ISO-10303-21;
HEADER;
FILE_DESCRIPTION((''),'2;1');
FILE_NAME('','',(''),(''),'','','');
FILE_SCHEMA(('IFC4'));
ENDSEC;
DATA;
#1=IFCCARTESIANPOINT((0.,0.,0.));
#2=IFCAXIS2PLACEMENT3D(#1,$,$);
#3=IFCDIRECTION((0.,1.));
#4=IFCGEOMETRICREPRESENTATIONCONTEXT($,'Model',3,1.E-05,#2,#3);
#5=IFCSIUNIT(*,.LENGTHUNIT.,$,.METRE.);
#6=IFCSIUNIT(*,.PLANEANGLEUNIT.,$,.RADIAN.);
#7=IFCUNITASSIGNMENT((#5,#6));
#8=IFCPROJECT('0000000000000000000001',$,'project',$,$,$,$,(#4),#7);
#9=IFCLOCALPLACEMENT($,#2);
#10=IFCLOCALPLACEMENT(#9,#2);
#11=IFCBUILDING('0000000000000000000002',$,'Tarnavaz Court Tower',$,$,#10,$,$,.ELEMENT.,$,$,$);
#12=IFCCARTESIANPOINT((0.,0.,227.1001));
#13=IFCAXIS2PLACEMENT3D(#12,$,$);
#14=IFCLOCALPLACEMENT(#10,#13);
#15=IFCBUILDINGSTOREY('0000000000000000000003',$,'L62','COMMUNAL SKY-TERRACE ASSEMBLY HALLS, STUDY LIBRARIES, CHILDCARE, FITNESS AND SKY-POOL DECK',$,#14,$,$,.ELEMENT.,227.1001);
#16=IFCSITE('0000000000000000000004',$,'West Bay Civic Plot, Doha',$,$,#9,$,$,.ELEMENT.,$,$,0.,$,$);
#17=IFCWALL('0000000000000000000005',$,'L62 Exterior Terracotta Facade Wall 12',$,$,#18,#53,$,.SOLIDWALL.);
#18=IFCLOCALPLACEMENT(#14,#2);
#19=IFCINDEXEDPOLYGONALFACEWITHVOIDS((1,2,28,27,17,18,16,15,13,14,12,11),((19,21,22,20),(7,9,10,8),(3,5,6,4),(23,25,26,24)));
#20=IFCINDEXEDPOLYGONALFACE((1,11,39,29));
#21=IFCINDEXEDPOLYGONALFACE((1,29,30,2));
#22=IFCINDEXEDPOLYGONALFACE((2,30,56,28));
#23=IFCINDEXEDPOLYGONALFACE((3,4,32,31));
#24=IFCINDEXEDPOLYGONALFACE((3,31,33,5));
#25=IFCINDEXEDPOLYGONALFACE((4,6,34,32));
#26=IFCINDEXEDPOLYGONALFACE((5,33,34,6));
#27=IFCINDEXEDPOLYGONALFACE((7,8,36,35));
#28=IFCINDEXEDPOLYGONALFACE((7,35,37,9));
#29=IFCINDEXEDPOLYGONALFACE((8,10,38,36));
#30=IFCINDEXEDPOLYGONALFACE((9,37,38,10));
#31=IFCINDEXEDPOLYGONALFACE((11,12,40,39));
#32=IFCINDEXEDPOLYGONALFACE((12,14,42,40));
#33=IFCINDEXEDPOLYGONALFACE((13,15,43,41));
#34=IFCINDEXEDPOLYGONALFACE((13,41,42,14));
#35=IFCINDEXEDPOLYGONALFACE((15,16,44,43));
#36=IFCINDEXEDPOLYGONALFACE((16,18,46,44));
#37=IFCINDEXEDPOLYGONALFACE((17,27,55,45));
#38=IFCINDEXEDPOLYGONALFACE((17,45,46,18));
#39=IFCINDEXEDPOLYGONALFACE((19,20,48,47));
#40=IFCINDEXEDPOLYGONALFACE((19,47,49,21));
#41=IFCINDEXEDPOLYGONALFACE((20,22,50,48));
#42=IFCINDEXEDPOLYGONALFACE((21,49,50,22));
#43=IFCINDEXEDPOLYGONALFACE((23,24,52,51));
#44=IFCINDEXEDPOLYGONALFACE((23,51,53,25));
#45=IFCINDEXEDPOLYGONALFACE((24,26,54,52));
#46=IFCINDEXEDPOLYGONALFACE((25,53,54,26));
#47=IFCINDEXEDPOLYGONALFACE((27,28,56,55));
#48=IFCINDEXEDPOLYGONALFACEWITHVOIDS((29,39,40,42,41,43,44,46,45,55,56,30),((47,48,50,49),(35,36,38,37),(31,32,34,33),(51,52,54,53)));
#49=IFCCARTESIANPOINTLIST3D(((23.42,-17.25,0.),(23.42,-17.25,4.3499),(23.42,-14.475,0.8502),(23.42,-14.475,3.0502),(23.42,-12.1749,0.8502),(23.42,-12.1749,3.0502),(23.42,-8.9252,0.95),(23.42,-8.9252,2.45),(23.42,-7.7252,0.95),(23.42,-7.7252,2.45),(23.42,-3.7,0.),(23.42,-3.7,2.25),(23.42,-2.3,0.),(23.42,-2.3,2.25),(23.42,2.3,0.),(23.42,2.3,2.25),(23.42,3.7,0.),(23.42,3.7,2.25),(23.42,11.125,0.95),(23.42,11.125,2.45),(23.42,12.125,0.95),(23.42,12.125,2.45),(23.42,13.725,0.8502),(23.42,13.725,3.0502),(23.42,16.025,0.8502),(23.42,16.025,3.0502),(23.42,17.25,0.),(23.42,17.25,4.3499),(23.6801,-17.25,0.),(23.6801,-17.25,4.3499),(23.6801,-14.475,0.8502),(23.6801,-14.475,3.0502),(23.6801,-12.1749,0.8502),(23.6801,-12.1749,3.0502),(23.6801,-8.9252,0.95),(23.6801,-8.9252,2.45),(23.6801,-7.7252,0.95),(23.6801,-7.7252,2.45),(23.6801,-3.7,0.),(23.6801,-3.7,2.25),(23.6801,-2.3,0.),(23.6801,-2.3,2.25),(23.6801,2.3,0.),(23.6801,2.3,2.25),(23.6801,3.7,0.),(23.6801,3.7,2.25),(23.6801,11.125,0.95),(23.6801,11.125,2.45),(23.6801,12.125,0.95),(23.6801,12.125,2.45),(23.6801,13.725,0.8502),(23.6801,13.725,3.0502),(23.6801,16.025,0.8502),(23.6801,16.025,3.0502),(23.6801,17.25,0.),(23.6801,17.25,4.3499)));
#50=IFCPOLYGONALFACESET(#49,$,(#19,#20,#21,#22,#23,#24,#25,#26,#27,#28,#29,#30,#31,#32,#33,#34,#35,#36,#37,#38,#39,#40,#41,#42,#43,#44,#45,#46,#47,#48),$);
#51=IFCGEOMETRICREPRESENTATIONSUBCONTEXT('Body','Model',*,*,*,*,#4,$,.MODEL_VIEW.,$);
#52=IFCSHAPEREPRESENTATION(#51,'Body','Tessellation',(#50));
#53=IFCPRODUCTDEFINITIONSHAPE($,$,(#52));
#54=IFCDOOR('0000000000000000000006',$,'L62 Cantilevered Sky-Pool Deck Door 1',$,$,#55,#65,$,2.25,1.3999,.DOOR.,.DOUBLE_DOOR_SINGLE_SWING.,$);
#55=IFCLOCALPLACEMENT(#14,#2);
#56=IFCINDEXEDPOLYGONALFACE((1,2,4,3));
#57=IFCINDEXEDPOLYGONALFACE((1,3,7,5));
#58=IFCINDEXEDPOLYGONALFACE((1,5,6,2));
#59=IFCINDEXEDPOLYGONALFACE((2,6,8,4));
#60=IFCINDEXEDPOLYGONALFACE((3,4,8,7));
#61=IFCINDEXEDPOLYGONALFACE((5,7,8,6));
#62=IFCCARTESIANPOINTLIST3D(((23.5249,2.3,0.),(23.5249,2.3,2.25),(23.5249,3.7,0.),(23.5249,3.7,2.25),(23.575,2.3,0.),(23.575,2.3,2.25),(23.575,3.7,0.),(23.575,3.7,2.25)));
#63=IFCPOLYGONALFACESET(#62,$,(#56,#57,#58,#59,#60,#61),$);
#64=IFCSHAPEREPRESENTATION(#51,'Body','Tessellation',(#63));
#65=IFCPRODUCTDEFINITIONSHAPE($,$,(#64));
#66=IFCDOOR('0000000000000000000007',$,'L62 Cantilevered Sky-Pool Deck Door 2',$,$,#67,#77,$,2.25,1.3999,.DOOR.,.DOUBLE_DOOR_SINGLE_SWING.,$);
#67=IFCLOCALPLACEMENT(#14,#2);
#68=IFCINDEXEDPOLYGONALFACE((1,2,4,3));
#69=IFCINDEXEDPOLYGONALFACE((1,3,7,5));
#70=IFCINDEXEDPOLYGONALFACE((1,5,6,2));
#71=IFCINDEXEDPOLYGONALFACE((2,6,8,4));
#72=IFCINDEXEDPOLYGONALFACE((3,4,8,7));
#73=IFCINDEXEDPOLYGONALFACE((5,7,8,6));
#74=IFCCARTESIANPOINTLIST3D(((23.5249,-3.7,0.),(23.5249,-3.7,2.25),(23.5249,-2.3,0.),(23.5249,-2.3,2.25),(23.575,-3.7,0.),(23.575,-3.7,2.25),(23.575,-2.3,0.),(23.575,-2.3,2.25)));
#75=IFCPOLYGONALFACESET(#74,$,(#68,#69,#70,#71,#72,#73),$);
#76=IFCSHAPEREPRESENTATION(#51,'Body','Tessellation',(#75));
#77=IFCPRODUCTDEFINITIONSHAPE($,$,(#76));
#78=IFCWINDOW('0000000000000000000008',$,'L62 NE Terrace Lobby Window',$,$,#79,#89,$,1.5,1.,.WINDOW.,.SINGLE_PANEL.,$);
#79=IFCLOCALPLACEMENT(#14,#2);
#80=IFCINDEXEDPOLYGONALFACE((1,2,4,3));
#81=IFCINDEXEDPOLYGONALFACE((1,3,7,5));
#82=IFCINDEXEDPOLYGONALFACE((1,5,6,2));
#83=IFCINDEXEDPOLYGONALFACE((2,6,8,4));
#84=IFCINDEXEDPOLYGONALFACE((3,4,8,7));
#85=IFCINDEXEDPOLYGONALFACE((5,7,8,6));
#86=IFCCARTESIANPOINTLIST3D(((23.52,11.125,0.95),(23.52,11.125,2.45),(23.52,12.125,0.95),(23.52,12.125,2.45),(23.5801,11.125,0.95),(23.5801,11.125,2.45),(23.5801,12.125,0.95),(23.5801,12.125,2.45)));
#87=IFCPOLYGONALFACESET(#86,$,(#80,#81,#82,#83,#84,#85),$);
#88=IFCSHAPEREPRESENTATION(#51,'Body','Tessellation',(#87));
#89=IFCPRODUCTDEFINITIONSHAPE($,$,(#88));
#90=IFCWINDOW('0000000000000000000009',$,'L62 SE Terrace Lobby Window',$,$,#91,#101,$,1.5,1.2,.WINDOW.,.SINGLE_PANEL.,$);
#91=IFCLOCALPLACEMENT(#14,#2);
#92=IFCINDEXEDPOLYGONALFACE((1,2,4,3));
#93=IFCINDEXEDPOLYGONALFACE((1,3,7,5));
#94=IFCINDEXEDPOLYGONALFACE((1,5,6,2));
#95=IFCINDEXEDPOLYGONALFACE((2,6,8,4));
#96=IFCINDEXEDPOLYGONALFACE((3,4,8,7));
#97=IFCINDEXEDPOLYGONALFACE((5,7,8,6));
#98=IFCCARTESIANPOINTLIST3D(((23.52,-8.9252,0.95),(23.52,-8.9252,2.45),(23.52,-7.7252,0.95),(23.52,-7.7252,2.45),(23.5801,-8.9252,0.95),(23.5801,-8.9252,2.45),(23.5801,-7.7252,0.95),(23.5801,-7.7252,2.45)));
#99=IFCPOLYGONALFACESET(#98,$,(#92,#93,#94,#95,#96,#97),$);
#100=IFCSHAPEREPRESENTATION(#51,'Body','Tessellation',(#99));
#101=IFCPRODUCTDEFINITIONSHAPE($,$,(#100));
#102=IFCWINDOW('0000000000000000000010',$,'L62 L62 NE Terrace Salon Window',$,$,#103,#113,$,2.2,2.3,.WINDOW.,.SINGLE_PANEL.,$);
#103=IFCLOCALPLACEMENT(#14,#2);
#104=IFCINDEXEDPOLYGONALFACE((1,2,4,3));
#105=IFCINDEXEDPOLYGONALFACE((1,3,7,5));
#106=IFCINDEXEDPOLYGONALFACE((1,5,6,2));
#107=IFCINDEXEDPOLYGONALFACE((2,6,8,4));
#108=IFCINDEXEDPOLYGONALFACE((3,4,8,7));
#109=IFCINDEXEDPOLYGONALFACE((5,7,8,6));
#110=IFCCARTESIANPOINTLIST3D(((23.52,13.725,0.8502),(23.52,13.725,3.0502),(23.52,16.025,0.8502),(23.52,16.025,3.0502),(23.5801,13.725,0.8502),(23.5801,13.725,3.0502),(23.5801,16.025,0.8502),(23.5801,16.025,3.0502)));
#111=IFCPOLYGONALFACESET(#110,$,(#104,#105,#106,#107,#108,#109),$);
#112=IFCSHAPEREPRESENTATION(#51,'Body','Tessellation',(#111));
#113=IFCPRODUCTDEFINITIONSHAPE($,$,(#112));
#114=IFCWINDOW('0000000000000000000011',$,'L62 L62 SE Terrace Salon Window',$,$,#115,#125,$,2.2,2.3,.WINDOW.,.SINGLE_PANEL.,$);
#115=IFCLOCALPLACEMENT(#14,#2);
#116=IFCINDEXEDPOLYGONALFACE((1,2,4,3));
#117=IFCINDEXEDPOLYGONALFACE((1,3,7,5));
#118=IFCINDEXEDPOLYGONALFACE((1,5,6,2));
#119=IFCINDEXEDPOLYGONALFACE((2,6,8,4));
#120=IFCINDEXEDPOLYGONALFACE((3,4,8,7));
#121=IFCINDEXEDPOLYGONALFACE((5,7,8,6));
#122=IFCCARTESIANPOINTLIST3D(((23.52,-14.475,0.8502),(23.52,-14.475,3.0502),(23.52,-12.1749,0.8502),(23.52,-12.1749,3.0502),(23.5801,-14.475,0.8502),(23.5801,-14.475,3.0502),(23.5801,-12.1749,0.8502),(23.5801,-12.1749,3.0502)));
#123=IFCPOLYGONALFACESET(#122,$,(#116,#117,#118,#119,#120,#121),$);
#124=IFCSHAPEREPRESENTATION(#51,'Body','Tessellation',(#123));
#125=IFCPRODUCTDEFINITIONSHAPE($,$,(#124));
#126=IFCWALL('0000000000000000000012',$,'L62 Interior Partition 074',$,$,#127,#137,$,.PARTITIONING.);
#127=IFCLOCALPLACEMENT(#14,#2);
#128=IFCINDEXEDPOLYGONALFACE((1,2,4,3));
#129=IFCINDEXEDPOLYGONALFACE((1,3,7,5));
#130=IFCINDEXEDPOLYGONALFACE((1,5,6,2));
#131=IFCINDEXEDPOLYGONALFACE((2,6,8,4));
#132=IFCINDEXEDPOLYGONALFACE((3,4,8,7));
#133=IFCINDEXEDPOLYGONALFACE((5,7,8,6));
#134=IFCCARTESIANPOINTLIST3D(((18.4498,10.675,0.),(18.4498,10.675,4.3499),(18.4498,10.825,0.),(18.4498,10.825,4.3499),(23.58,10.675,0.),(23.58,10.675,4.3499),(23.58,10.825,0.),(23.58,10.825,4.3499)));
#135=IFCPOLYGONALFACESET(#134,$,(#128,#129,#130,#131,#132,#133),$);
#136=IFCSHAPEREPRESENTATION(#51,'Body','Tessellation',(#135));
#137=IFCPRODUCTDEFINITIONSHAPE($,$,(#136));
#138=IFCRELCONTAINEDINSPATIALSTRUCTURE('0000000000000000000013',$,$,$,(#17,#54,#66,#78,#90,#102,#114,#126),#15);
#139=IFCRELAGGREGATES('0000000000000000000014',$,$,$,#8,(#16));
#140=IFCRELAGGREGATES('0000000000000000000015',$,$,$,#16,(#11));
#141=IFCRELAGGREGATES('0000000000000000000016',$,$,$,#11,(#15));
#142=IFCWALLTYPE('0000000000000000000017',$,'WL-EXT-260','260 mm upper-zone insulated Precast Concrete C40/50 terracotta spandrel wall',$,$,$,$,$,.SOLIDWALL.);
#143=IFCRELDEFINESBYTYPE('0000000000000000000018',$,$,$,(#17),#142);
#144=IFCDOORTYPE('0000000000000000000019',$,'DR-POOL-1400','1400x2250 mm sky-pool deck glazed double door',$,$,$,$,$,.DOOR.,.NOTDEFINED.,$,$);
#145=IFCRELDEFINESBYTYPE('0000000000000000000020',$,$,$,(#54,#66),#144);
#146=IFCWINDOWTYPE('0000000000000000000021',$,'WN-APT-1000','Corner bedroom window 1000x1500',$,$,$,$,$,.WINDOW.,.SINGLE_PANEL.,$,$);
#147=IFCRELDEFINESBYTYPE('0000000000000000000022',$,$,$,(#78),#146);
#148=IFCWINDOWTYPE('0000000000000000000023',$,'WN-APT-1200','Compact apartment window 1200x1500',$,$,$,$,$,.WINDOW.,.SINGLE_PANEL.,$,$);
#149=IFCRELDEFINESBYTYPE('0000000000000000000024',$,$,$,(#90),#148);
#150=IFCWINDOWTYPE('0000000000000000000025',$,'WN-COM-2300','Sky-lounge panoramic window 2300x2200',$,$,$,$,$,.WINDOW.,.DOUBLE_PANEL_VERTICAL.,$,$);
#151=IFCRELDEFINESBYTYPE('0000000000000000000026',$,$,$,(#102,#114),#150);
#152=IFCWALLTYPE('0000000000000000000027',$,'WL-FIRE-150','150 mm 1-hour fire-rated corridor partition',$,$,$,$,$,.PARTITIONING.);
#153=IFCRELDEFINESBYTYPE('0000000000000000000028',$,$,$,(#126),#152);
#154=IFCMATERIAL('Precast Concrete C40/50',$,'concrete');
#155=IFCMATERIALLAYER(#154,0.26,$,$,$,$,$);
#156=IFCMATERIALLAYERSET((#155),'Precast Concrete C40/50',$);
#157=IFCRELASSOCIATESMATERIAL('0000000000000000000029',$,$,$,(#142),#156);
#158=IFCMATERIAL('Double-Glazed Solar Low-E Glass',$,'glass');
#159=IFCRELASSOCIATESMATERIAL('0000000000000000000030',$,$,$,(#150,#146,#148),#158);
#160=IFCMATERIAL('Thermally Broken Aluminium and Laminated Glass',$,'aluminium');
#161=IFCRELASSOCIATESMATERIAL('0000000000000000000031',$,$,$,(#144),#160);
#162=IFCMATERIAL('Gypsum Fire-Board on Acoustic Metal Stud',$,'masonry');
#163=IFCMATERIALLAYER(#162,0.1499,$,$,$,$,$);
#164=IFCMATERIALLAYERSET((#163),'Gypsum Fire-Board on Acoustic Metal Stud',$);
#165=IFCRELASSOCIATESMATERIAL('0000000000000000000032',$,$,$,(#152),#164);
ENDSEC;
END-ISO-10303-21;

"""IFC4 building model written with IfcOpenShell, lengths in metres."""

from ifc_helpers import new_model, si_unit, direction, frame, frame_2d, origin, place, context, subcontext, project, spatial, rectangle, extrude, material, layer, layer_set, type_object, element, fill, save


model = new_model("IFC4")

# Units and contexts
model_context = context("Model", 3, precision=1e-05, world=origin(), true_north=direction((0.0, 1.0)))
body_context = subcontext(model_context, "Body", "Model", "MODEL_VIEW")
ifc_project = project(units=[si_unit("LENGTHUNIT", "METRE"), si_unit("PLANEANGLEUNIT", "RADIAN")], contexts=[model_context])

# Site, building, storey
site_placement = place(None, origin())
site = spatial("IfcSite", under=ifc_project, at=site_placement, Name="West Bay Civic Plot, Doha", CompositionType="ELEMENT", RefElevation=0.0)
building_placement = place(site_placement, origin())
building = spatial("IfcBuilding", under=site, at=building_placement, Name="Tarnavaz Court Tower", CompositionType="ELEMENT")
storey_placement = place(building_placement, frame((0.0, 0.0, 227.1001)))
storey = spatial("IfcBuildingStorey", under=building, at=storey_placement, Name="L62", Description="COMMUNAL SKY-TERRACE ASSEMBLY HALLS, STUDY LIBRARIES, CHILDCARE, FITNESS AND SKY-POOL DECK", CompositionType="ELEMENT", Elevation=227.1001)

# Shared definitions
ifc_material_1 = material(Name="Precast Concrete C40/50", Category="concrete")
ifc_layer_1 = layer(ifc_material_1, 0.26)
ifc_layer_set_1 = layer_set([ifc_layer_1], Name="Precast Concrete C40/50")
wall_type_1 = type_object("IfcWallType", Name="WL-EXT-260", Description="260 mm upper-zone insulated Precast Concrete C40/50 terracotta spandrel wall", PredefinedType="SOLIDWALL", material=ifc_layer_set_1)
ifc_material_2 = material(Name="Thermally Broken Aluminium and Laminated Glass", Category="aluminium")

# Shared definitions
ifc_material_3 = material(Name="Double-Glazed Solar Low-E Glass", Category="glass")
window_type_1 = type_object("IfcWindowType", Name="WN-COM-2300", Description="Sky-lounge panoramic window 2300x2200", PartitioningType="DOUBLE_PANEL_VERTICAL", PredefinedType="WINDOW", material=ifc_material_3)

# Wall, openings, doors, windows
wall_1_placement = place(storey_placement, frame((23.55, 17.25, 0.0), z_axis=(0.0, 0.0, 1.0), x_axis=(0.0, -1.0, 0.0)))
wall_1 = element("IfcWall", 1, at=wall_1_placement, inside=storey, type_object=wall_type_1, Name="L62 Exterior Terracotta Facade Wall 12", PredefinedType="SOLIDWALL", context=body_context, shape_type="SweptSolid", body=[
    extrude(rectangle(XDim=34.5, YDim=0.26, at=frame_2d((17.25, 0.0))), origin(), (0.0, 0.0, 1.0), 4.3499),
])
opening_1_placement = place(wall_1_placement, frame((13.55, 0.0, 0.0)))
opening_1 = element("IfcOpeningElement", 2, at=opening_1_placement, cuts=wall_1, PredefinedType="OPENING", context=body_context, shape_type="SweptSolid", body=[
    extrude(rectangle(XDim=1.3999, YDim=2.25, at=frame_2d((0.7, 1.125))), frame((0.0, 0.1399, 0.0), z_axis=(0.0, -1.0, 0.0), x_axis=(1.0, 0.0, 0.0)), (0.0, 0.0, 1.0), 0.28),
])
opening_2_placement = place(wall_1_placement, frame((19.55, 0.0, 0.0)))
opening_2 = element("IfcOpeningElement", 3, at=opening_2_placement, cuts=wall_1, PredefinedType="OPENING", context=body_context, shape_type="SweptSolid", body=[
    extrude(rectangle(XDim=1.3999, YDim=2.25, at=frame_2d((0.7, 1.125))), frame((0.0, 0.1399, 0.0), z_axis=(0.0, -1.0, 0.0), x_axis=(1.0, 0.0, 0.0)), (0.0, 0.0, 1.0), 0.28),
])
opening_3_placement = place(wall_1_placement, frame((1.2251, 0.0, 0.8501)))
opening_3 = element("IfcOpeningElement", 4, at=opening_3_placement, cuts=wall_1, PredefinedType="OPENING", context=body_context, shape_type="SweptSolid", body=[
    extrude(rectangle(XDim=2.3, YDim=2.2, at=frame_2d((1.1499, 1.1001))), frame((0.0, 0.1399, 0.0), z_axis=(0.0, -1.0, 0.0), x_axis=(1.0, 0.0, 0.0)), (0.0, 0.0, 1.0), 0.28),
])
opening_4_placement = place(wall_1_placement, frame((5.125, 0.0, 0.95)))
opening_4 = element("IfcOpeningElement", 5, at=opening_4_placement, cuts=wall_1, PredefinedType="OPENING", context=body_context, shape_type="SweptSolid", body=[
    extrude(rectangle(XDim=1.0, YDim=1.5, at=frame_2d((0.5, 0.75))), frame((0.0, 0.1399, 0.0), z_axis=(0.0, -1.0, 0.0), x_axis=(1.0, 0.0, 0.0)), (0.0, 0.0, 1.0), 0.28),
])
opening_5_placement = place(wall_1_placement, frame((24.9751, 0.0, 0.95)))
opening_5 = element("IfcOpeningElement", 6, at=opening_5_placement, cuts=wall_1, PredefinedType="OPENING", context=body_context, shape_type="SweptSolid", body=[
    extrude(rectangle(XDim=1.2, YDim=1.5, at=frame_2d((0.6001, 0.75))), frame((0.0, 0.1399, 0.0), z_axis=(0.0, -1.0, 0.0), x_axis=(1.0, 0.0, 0.0)), (0.0, 0.0, 1.0), 0.28),
])
opening_6_placement = place(wall_1_placement, frame((29.425, 0.0, 0.8501)))
opening_6 = element("IfcOpeningElement", 7, at=opening_6_placement, cuts=wall_1, PredefinedType="OPENING", context=body_context, shape_type="SweptSolid", body=[
    extrude(rectangle(XDim=2.3, YDim=2.2, at=frame_2d((1.1499, 1.1001))), frame((0.0, 0.1399, 0.0), z_axis=(0.0, -1.0, 0.0), x_axis=(1.0, 0.0, 0.0)), (0.0, 0.0, 1.0), 0.28),
])
door_type_1 = type_object("IfcDoorType", Name="DR-POOL-1400", Description="1400x2250 mm sky-pool deck glazed double door", OperationType="NOTDEFINED", PredefinedType="DOOR", material=ifc_material_2)
door_1_placement = place(opening_1_placement, origin())
door_1 = element("IfcDoor", 8, at=door_1_placement, inside=storey, type_object=door_type_1, Name="L62 Cantilevered Sky-Pool Deck Door 1", OperationType="DOUBLE_DOOR_SINGLE_SWING", OverallHeight=2.25, OverallWidth=1.3999, PredefinedType="DOOR", context=body_context, shape_type="SweptSolid", body=[
    extrude(rectangle(XDim=1.3999, YDim=2.25, at=frame_2d((0.7, 1.125))), frame((0.0, 0.0249, 0.0), z_axis=(0.0, -1.0, 0.0), x_axis=(1.0, 0.0, 0.0)), (0.0, 0.0, 1.0), 0.05),
])
fill(opening_1, door_1)
door_2_placement = place(opening_2_placement, origin())
door_2 = element("IfcDoor", 9, at=door_2_placement, inside=storey, type_object=door_type_1, Name="L62 Cantilevered Sky-Pool Deck Door 2", OperationType="DOUBLE_DOOR_SINGLE_SWING", OverallHeight=2.25, OverallWidth=1.3999, PredefinedType="DOOR", context=body_context, shape_type="SweptSolid", body=[
    extrude(rectangle(XDim=1.3999, YDim=2.25, at=frame_2d((0.7, 1.125))), frame((0.0, 0.0249, 0.0), z_axis=(0.0, -1.0, 0.0), x_axis=(1.0, 0.0, 0.0)), (0.0, 0.0, 1.0), 0.05),
])
fill(opening_2, door_2)
window_type_2 = type_object("IfcWindowType", Name="WN-APT-1000", Description="Corner bedroom window 1000x1500", PartitioningType="SINGLE_PANEL", PredefinedType="WINDOW", material=ifc_material_3)
window_1_placement = place(opening_4_placement, origin())
window_1 = element("IfcWindow", 10, at=window_1_placement, inside=storey, type_object=window_type_2, Name="L62 NE Terrace Lobby Window", OverallHeight=1.5, OverallWidth=1.0, PartitioningType="SINGLE_PANEL", PredefinedType="WINDOW", context=body_context, shape_type="SweptSolid", body=[
    extrude(rectangle(XDim=1.0, YDim=1.5, at=frame_2d((0.5, 0.75))), frame((0.0, 0.03, 0.0), z_axis=(0.0, -1.0, 0.0), x_axis=(1.0, 0.0, 0.0)), (0.0, 0.0, 1.0), 0.0601),
])
fill(opening_4, window_1)
window_type_3 = type_object("IfcWindowType", Name="WN-APT-1200", Description="Compact apartment window 1200x1500", PartitioningType="SINGLE_PANEL", PredefinedType="WINDOW", material=ifc_material_3)
window_2_placement = place(opening_5_placement, origin())
window_2 = element("IfcWindow", 11, at=window_2_placement, inside=storey, type_object=window_type_3, Name="L62 SE Terrace Lobby Window", OverallHeight=1.5, OverallWidth=1.2, PartitioningType="SINGLE_PANEL", PredefinedType="WINDOW", context=body_context, shape_type="SweptSolid", body=[
    extrude(rectangle(XDim=1.2, YDim=1.5, at=frame_2d((0.6001, 0.75))), frame((0.0, 0.03, 0.0), z_axis=(0.0, -1.0, 0.0), x_axis=(1.0, 0.0, 0.0)), (0.0, 0.0, 1.0), 0.0601),
])
fill(opening_5, window_2)
window_3_placement = place(opening_3_placement, origin())
window_3 = element("IfcWindow", 12, at=window_3_placement, inside=storey, type_object=window_type_1, Name="L62 L62 NE Terrace Salon Window", OverallHeight=2.2, OverallWidth=2.3, PartitioningType="SINGLE_PANEL", PredefinedType="WINDOW", context=body_context, shape_type="SweptSolid", body=[
    extrude(rectangle(XDim=2.3, YDim=2.2, at=frame_2d((1.1499, 1.1001))), frame((0.0, 0.03, 0.0), z_axis=(0.0, -1.0, 0.0), x_axis=(1.0, 0.0, 0.0)), (0.0, 0.0, 1.0), 0.0601),
])
fill(opening_3, window_3)
window_4_placement = place(opening_6_placement, origin())
window_4 = element("IfcWindow", 13, at=window_4_placement, inside=storey, type_object=window_type_1, Name="L62 L62 SE Terrace Salon Window", OverallHeight=2.2, OverallWidth=2.3, PartitioningType="SINGLE_PANEL", PredefinedType="WINDOW", context=body_context, shape_type="SweptSolid", body=[
    extrude(rectangle(XDim=2.3, YDim=2.2, at=frame_2d((1.1499, 1.1001))), frame((0.0, 0.03, 0.0), z_axis=(0.0, -1.0, 0.0), x_axis=(1.0, 0.0, 0.0)), (0.0, 0.0, 1.0), 0.0601),
])
fill(opening_6, window_4)

# Wall
ifc_material_4 = material(Name="Gypsum Fire-Board on Acoustic Metal Stud", Category="masonry")
ifc_layer_2 = layer(ifc_material_4, 0.1499)
ifc_layer_set_2 = layer_set([ifc_layer_2], Name="Gypsum Fire-Board on Acoustic Metal Stud")
wall_type_2 = type_object("IfcWallType", Name="WL-FIRE-150", Description="150 mm 1-hour fire-rated corridor partition", PredefinedType="PARTITIONING", material=ifc_layer_set_2)
wall_2_placement = place(storey_placement, frame((18.45, 10.75, 0.0), z_axis=(0.0, 0.0, 1.0), x_axis=(1.0, 0.0, 0.0)))
element("IfcWall", 14, at=wall_2_placement, inside=storey, type_object=wall_type_2, Name="L62 Interior Partition 074", PredefinedType="PARTITIONING", context=body_context, shape_type="SweptSolid", body=[
    extrude(rectangle(XDim=5.1301, YDim=0.1499, at=frame_2d((2.5649, 0.0))), origin(), (0.0, 0.0, 1.0), 4.3499),
])

save(model, "model.ifc")
